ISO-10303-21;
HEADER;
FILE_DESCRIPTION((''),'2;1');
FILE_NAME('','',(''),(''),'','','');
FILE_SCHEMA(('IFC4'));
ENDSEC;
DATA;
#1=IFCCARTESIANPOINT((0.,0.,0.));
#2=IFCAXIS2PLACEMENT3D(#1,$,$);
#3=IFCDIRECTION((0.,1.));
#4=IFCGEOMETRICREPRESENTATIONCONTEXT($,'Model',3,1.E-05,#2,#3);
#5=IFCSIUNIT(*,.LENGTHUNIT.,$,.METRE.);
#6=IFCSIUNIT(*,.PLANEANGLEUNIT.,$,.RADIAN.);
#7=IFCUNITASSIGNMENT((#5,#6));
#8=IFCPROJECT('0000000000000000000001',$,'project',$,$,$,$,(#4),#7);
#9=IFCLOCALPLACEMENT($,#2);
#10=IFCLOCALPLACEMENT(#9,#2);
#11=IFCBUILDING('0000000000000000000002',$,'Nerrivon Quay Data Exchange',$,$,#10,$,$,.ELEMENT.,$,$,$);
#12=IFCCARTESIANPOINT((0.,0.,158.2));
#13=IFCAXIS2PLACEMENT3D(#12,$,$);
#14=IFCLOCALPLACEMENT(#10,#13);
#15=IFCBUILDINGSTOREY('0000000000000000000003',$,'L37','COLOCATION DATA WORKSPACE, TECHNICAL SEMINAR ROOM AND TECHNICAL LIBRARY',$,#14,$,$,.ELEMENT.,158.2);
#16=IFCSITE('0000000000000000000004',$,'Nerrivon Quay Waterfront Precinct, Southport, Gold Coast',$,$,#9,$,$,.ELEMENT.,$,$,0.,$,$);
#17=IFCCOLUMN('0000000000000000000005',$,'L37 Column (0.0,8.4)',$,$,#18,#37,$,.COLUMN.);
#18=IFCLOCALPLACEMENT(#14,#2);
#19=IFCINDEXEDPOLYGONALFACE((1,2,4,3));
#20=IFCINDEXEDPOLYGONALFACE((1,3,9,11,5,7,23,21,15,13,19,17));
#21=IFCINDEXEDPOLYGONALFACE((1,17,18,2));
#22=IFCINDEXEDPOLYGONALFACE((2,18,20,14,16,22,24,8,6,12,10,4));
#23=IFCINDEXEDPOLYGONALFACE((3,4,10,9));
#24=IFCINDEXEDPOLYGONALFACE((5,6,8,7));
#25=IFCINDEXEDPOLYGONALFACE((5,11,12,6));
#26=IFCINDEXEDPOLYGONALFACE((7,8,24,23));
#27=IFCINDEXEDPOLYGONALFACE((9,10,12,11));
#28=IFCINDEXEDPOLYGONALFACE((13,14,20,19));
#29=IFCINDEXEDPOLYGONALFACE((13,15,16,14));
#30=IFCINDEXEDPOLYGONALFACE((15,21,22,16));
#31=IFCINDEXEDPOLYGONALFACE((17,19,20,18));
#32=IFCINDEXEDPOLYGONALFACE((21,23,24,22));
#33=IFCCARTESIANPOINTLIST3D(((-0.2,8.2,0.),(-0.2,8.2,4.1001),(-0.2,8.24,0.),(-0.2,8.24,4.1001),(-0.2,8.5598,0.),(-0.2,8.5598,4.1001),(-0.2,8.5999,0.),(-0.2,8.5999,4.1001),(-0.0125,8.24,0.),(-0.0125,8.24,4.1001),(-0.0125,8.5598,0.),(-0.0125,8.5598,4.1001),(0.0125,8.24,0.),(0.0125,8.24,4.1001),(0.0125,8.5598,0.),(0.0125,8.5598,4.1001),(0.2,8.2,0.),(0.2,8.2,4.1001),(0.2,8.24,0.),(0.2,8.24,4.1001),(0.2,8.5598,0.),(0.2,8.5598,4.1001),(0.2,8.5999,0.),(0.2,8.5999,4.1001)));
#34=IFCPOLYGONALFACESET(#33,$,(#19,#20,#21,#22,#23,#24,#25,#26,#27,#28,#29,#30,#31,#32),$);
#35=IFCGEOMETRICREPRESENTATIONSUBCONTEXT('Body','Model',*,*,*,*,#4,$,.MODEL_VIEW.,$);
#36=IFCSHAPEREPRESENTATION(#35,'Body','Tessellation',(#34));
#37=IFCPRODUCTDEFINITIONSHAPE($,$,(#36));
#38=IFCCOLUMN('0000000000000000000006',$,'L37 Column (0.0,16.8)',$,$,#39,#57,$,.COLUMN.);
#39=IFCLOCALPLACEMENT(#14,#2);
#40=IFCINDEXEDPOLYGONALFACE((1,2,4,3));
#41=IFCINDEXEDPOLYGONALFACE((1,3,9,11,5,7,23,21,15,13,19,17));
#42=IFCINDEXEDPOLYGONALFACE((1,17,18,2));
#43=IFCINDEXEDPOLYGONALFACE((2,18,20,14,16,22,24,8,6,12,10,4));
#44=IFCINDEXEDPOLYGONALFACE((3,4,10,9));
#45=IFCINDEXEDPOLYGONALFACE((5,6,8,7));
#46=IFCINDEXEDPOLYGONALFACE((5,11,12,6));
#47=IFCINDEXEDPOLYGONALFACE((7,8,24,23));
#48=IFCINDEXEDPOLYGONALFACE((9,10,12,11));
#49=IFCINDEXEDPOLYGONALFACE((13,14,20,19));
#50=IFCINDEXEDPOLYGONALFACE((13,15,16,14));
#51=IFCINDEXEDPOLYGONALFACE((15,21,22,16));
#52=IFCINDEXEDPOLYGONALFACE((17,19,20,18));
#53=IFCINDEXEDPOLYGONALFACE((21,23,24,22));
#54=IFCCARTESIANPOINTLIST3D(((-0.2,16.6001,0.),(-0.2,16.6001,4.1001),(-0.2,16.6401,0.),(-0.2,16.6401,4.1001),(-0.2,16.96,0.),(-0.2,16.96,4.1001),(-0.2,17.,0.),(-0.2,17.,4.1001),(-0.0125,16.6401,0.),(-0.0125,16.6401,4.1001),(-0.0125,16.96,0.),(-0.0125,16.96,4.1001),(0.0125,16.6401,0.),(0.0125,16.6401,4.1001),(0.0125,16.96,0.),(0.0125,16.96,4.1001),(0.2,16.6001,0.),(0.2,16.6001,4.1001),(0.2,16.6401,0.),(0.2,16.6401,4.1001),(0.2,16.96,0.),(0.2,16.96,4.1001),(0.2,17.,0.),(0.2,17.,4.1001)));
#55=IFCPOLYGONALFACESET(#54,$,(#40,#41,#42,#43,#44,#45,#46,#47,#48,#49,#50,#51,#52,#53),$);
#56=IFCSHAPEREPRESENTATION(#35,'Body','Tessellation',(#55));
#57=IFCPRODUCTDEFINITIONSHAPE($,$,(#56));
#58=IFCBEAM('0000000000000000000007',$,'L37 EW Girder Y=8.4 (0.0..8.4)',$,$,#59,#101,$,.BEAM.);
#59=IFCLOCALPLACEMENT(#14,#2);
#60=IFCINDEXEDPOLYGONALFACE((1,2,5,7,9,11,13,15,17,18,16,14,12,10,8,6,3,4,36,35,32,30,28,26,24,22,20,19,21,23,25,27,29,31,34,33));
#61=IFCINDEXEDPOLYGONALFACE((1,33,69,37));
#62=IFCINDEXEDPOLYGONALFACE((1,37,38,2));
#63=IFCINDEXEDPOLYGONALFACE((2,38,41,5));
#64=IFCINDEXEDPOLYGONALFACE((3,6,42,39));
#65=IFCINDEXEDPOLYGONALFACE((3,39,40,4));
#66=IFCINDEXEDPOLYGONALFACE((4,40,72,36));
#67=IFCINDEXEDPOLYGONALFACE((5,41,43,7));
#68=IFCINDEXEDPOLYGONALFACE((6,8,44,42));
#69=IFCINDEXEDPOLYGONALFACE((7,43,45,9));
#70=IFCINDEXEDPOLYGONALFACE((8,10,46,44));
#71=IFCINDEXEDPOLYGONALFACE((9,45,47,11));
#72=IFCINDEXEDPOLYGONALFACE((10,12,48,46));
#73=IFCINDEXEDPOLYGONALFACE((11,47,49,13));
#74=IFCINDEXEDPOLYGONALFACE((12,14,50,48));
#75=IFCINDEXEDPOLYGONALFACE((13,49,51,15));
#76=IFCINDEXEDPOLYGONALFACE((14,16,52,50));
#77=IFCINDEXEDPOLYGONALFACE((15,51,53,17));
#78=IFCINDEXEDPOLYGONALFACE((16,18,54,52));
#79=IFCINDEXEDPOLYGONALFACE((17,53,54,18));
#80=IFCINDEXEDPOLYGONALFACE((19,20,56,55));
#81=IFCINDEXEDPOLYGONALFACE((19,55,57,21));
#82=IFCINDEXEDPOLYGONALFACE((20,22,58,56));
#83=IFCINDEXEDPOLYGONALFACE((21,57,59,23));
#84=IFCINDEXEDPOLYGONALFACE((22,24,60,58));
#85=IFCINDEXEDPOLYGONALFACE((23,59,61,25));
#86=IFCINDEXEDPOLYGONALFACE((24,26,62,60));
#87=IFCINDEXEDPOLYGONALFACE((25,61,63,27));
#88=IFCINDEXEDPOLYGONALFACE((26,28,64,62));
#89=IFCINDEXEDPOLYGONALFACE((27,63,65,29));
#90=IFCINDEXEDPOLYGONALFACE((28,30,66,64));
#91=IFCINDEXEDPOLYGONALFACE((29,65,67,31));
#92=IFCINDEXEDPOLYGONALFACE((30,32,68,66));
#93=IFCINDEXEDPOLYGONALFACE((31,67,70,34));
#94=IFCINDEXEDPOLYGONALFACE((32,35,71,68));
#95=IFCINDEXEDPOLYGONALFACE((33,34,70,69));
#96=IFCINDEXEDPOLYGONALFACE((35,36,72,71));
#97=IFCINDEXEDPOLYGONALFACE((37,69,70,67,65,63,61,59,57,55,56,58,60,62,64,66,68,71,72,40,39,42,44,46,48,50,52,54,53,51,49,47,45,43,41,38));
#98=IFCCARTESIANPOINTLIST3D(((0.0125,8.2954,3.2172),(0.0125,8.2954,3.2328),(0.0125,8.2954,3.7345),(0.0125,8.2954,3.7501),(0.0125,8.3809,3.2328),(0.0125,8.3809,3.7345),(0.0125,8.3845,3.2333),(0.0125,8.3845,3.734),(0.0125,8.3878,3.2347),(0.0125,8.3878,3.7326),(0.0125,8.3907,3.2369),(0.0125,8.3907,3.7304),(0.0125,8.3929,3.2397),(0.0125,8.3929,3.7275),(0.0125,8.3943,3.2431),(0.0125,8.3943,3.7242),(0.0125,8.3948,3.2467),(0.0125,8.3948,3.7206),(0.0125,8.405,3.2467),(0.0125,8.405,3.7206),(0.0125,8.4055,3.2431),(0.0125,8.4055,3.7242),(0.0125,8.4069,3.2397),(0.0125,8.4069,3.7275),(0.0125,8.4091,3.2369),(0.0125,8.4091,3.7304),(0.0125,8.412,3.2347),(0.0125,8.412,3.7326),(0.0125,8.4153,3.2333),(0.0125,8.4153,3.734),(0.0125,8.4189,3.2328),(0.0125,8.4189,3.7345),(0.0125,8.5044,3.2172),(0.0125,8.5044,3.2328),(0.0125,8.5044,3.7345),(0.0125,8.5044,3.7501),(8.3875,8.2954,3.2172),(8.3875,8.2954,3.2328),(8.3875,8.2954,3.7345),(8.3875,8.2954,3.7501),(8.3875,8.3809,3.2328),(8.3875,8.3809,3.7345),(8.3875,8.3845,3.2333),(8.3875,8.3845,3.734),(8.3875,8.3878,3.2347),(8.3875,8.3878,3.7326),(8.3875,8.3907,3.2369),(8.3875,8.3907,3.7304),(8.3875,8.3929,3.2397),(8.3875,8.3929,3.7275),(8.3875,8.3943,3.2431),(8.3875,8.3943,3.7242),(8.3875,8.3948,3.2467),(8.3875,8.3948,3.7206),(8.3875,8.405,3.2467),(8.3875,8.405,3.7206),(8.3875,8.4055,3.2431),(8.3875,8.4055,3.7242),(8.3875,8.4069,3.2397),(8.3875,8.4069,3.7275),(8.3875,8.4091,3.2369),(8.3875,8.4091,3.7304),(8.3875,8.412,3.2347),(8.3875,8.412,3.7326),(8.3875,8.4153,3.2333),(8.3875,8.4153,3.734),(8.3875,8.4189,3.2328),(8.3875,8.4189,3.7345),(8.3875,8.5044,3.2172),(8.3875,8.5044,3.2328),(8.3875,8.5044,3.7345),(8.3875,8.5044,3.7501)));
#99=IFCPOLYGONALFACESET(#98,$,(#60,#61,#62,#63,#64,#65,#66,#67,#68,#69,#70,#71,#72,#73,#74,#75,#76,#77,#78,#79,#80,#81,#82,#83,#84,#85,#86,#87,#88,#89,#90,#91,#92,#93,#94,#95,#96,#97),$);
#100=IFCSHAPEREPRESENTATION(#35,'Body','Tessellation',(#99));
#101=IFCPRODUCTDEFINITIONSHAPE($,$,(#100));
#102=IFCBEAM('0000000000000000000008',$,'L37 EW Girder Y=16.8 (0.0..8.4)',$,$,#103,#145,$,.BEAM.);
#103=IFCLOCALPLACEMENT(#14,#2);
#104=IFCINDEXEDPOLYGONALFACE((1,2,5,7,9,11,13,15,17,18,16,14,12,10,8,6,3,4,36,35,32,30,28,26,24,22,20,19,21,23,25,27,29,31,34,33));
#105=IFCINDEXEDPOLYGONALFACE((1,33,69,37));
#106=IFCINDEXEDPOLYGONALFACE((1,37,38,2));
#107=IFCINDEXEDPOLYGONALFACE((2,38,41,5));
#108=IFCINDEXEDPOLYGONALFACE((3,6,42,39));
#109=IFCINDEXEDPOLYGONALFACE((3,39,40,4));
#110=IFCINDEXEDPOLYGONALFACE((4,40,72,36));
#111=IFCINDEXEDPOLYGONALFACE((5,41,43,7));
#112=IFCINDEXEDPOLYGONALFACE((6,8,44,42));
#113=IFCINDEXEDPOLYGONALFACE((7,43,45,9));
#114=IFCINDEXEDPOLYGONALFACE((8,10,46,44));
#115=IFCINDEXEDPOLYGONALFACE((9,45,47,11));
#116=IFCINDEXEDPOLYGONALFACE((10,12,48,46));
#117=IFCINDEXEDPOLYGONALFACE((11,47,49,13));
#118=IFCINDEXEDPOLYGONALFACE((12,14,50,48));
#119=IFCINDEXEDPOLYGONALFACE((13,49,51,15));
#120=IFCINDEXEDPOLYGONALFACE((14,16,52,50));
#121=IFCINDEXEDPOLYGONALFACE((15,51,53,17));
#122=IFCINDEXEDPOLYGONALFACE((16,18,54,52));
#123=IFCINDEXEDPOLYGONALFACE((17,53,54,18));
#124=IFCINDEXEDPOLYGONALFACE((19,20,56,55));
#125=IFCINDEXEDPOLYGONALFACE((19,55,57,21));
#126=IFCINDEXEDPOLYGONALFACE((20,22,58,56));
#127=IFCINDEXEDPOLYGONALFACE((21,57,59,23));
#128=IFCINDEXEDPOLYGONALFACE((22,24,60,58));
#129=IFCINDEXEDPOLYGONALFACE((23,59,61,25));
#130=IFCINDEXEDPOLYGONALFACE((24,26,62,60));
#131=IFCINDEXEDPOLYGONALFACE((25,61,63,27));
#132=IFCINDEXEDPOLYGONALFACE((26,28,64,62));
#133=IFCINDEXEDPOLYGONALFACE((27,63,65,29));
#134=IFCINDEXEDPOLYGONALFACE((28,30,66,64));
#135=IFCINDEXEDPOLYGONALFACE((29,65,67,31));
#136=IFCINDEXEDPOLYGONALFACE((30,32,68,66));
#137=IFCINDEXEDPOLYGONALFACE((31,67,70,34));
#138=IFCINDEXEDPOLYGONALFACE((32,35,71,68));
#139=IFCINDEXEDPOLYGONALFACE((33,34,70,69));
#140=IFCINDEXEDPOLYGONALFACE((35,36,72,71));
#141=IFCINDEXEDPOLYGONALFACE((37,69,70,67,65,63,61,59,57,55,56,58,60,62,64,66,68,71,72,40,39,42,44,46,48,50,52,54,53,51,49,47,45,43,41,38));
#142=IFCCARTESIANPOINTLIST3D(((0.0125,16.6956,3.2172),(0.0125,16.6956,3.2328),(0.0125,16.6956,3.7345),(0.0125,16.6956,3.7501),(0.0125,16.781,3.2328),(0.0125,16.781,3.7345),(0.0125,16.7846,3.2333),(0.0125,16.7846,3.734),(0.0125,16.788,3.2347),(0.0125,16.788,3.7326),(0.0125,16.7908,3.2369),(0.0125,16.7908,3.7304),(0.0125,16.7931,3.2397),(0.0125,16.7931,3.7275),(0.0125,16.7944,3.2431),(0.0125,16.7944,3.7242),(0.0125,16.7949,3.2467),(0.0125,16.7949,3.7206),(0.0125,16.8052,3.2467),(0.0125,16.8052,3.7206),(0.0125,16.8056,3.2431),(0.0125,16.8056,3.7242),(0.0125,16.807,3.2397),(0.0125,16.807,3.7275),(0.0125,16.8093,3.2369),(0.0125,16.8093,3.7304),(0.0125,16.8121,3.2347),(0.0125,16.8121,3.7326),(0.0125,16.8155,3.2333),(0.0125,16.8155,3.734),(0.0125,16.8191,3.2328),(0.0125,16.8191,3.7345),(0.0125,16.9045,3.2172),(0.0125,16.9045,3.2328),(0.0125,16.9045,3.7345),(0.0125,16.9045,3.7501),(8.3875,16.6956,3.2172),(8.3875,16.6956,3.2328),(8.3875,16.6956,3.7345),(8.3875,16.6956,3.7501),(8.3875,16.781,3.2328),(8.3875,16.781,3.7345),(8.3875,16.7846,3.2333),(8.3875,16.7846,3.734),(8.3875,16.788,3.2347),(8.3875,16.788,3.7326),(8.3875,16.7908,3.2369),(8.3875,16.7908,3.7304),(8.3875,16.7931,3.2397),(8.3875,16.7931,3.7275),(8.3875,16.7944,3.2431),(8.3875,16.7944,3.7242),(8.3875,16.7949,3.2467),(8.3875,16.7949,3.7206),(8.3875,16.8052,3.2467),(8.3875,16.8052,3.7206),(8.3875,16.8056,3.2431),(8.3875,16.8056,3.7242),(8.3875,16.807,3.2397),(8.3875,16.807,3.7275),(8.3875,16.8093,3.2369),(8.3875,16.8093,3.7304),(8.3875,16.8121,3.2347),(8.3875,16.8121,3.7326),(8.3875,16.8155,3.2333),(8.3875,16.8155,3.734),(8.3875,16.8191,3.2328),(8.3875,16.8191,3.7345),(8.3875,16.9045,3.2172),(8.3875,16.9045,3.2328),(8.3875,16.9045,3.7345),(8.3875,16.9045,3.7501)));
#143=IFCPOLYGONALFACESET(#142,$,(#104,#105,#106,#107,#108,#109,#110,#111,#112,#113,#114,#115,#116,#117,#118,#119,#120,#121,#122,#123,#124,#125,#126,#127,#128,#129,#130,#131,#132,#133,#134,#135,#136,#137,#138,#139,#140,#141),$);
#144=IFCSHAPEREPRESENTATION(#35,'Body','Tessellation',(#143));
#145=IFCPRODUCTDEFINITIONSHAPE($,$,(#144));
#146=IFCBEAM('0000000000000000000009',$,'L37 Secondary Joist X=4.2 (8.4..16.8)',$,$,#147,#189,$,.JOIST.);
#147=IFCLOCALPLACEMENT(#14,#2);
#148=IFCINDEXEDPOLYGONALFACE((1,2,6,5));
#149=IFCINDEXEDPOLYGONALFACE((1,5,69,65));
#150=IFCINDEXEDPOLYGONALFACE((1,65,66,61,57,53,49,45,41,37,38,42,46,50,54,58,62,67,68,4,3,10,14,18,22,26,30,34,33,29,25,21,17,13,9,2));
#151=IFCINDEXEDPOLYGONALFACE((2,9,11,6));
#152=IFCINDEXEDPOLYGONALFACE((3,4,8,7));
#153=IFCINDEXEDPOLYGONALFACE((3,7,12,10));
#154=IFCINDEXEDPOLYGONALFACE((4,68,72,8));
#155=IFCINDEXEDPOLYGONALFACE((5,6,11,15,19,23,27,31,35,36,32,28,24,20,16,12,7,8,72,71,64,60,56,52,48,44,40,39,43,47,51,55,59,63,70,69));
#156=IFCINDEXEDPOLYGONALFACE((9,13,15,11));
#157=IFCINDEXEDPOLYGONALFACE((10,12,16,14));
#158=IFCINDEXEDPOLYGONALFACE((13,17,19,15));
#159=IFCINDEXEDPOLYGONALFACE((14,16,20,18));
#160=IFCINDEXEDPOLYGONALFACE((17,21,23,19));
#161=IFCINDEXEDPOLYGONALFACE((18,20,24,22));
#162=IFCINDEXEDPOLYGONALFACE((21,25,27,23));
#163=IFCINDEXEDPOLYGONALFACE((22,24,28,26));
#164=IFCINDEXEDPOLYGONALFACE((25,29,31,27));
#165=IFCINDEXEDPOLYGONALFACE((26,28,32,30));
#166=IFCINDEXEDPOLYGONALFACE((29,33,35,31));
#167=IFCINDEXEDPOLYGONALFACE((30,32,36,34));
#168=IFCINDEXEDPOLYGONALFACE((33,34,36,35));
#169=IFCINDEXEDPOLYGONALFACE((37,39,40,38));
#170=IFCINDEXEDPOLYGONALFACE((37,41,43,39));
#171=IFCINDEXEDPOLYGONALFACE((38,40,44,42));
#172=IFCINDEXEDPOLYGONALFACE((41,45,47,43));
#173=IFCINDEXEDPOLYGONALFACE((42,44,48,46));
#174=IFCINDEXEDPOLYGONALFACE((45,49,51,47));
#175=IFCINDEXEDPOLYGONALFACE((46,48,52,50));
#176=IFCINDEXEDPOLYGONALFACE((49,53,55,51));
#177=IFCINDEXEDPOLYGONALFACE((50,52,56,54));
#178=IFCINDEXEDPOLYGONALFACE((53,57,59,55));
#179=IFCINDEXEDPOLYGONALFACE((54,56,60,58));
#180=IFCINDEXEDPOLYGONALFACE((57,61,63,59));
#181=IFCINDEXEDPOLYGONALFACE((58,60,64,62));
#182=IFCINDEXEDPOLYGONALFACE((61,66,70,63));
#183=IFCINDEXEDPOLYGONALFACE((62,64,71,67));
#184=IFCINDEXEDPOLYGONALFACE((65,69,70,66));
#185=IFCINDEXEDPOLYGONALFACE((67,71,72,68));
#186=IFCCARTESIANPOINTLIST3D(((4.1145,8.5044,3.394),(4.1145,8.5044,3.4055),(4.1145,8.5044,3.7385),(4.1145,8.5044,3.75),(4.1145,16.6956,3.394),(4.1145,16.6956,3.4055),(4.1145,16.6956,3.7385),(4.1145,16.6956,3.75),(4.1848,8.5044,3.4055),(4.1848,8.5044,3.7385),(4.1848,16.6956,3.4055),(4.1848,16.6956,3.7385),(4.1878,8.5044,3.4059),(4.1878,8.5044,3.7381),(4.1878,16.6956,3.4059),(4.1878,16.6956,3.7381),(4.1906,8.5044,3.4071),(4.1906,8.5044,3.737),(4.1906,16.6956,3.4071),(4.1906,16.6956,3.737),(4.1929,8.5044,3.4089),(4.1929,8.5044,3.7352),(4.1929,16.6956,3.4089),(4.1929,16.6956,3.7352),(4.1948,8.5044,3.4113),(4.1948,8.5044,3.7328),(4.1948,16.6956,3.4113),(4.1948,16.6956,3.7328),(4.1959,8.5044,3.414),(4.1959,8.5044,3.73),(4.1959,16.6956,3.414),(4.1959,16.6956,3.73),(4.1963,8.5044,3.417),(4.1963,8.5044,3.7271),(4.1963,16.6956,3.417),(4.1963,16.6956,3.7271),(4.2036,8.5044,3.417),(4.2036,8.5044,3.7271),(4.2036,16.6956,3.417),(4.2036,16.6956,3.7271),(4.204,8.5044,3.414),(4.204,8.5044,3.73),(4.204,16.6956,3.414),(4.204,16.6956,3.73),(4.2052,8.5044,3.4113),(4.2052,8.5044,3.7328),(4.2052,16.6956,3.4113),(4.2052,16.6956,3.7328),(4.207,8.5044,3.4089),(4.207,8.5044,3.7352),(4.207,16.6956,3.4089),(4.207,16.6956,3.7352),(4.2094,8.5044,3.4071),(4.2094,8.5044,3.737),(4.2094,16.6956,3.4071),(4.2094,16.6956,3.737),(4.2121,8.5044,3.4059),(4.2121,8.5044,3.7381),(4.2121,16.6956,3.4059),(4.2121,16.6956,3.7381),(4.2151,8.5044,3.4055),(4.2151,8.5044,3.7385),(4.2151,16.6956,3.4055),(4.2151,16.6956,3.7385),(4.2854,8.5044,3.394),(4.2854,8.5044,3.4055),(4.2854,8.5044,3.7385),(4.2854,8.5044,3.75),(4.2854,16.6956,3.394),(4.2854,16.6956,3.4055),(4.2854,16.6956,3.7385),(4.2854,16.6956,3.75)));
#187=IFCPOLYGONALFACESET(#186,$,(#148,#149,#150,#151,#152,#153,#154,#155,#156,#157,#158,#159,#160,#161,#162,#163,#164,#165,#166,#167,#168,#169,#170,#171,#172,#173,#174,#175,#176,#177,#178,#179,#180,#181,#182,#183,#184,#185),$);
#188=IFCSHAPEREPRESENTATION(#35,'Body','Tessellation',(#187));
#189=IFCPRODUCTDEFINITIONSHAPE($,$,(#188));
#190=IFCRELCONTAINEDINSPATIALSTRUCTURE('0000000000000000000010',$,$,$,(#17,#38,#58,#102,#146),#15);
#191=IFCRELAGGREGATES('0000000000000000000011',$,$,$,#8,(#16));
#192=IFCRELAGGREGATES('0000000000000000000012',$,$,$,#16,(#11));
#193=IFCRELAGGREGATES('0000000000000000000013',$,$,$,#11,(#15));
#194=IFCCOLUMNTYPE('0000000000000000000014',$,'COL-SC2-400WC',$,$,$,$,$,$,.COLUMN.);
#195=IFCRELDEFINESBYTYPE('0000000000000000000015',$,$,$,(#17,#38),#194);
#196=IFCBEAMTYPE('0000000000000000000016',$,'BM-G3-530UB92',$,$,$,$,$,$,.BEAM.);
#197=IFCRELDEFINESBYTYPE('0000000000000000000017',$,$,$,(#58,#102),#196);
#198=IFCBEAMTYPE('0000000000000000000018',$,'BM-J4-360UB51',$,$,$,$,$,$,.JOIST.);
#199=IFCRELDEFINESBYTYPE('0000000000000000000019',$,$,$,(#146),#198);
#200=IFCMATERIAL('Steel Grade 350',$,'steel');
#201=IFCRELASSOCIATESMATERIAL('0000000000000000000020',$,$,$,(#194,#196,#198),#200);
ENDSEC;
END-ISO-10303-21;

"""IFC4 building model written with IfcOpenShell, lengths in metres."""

from ifc_helpers import new_model, si_unit, direction, frame, origin, origin_2d, place, context, subcontext, project, spatial, i_section, extrude, material, material_profile, profile_set, type_object, element, save


model = new_model("IFC4")

# Units and contexts
model_context = context("Model", 3, precision=1e-05, world=origin(), true_north=direction((0.0, 1.0)))
body_context = subcontext(model_context, "Body", "Model", "MODEL_VIEW")
ifc_project = project(units=[si_unit("LENGTHUNIT", "METRE"), si_unit("PLANEANGLEUNIT", "RADIAN")], contexts=[model_context])

# Site, building, storey
site_placement = place(None, origin())
site = spatial("IfcSite", under=ifc_project, at=site_placement, Name="Nerrivon Quay Waterfront Precinct, Southport, Gold Coast", CompositionType="ELEMENT", RefElevation=0.0)
building_placement = place(site_placement, origin())
building = spatial("IfcBuilding", under=site, at=building_placement, Name="Nerrivon Quay Data Exchange", CompositionType="ELEMENT")
storey_placement = place(building_placement, frame((0.0, 0.0, 158.2)))
storey = spatial("IfcBuildingStorey", under=building, at=storey_placement, Name="L37", Description="COLOCATION DATA WORKSPACE, TECHNICAL SEMINAR ROOM AND TECHNICAL LIBRARY", CompositionType="ELEMENT", Elevation=158.2)

# Columns
ifc_material_1 = material(Name="Steel Grade 350", Category="steel")
ifc_material_profile_1 = material_profile(ifc_material_1, i_section(OverallWidth=0.3999, OverallDepth=0.3999, WebThickness=0.0249, FlangeThickness=0.04, at=origin_2d()), Name="400WC328")
ifc_profile_set_1 = profile_set([ifc_material_profile_1], Name="Steel Grade 350")
column_type = type_object("IfcColumnType", Name="COL-SC2-400WC", PredefinedType="COLUMN", material=ifc_profile_set_1)
for number, where, z_axis, x_axis, name in (
    (1, (0.0, 8.3999, 0.0), (0.0, 0.0, 1.0), (1.0, 0.0, 0.0), "L37 Column (0.0,8.4)"),
    (2, (0.0, 16.8, 0.0), (0.0, 0.0, 1.0), (1.0, 0.0, 0.0), "L37 Column (0.0,16.8)"),
):
    element("IfcColumn", number, at=place(storey_placement, frame(where, z_axis=z_axis, x_axis=x_axis)), inside=storey, type_object=column_type, Name=name, PredefinedType="COLUMN", context=body_context, shape_type="SweptSolid", body=[
        extrude(i_section(OverallWidth=0.3999, OverallDepth=0.3999, WebThickness=0.0249, FlangeThickness=0.04, at=origin_2d()), origin(), (0.0, 0.0, 1.0), 4.1001),
    ])

# Beams
ifc_material_profile_2 = material_profile(ifc_material_1, i_section(OverallWidth=0.209, OverallDepth=0.533, WebThickness=0.0103, FlangeThickness=0.0156, FilletRadius=0.0139, at=origin_2d()), Name="530UB92.4")
ifc_profile_set_2 = profile_set([ifc_material_profile_2], Name="Steel Grade 350")
beam_type_1 = type_object("IfcBeamType", Name="BM-G3-530UB92", PredefinedType="BEAM", material=ifc_profile_set_2)
for number, where, z_axis, x_axis, name in (
    (3, (0.0125, 8.3999, 3.4836), (1.0, 0.0, 0.0), (0.0, 1.0, 0.0), "L37 EW Girder Y=8.4 (0.0..8.4)"),
    (4, (0.0125, 16.8, 3.4836), (1.0, 0.0, 0.0), (0.0, 1.0, 0.0), "L37 EW Girder Y=16.8 (0.0..8.4)"),
):
    element("IfcBeam", number, at=place(storey_placement, frame(where, z_axis=z_axis, x_axis=x_axis)), inside=storey, type_object=beam_type_1, Name=name, PredefinedType="BEAM", context=body_context, shape_type="SweptSolid", body=[
        extrude(i_section(OverallWidth=0.209, OverallDepth=0.533, WebThickness=0.0103, FlangeThickness=0.0156, FilletRadius=0.0139, at=origin_2d()), origin(), (0.0, 0.0, 1.0), 8.375),
    ])
ifc_material_profile_3 = material_profile(ifc_material_1, i_section(OverallWidth=0.1709, OverallDepth=0.356, WebThickness=0.0073, FlangeThickness=0.0115, FilletRadius=0.0115, at=origin_2d()), Name="360UB50.7")
ifc_profile_set_3 = profile_set([ifc_material_profile_3], Name="Steel Grade 350")
beam_type_2 = type_object("IfcBeamType", Name="BM-J4-360UB51", PredefinedType="JOIST", material=ifc_profile_set_3)
beam_1_placement = place(storey_placement, frame((4.2, 8.5044, 3.572), z_axis=(0.0, 1.0, 0.0), x_axis=(-1.0, 0.0, 0.0)))
element("IfcBeam", 5, at=beam_1_placement, inside=storey, type_object=beam_type_2, Name="L37 Secondary Joist X=4.2 (8.4..16.8)", PredefinedType="JOIST", context=body_context, shape_type="SweptSolid", body=[
    extrude(i_section(OverallWidth=0.1709, OverallDepth=0.356, WebThickness=0.0073, FlangeThickness=0.0115, FilletRadius=0.0115, at=origin_2d()), origin(), (0.0, 0.0, 1.0), 8.1912),
])

save(model, "model.ifc")
